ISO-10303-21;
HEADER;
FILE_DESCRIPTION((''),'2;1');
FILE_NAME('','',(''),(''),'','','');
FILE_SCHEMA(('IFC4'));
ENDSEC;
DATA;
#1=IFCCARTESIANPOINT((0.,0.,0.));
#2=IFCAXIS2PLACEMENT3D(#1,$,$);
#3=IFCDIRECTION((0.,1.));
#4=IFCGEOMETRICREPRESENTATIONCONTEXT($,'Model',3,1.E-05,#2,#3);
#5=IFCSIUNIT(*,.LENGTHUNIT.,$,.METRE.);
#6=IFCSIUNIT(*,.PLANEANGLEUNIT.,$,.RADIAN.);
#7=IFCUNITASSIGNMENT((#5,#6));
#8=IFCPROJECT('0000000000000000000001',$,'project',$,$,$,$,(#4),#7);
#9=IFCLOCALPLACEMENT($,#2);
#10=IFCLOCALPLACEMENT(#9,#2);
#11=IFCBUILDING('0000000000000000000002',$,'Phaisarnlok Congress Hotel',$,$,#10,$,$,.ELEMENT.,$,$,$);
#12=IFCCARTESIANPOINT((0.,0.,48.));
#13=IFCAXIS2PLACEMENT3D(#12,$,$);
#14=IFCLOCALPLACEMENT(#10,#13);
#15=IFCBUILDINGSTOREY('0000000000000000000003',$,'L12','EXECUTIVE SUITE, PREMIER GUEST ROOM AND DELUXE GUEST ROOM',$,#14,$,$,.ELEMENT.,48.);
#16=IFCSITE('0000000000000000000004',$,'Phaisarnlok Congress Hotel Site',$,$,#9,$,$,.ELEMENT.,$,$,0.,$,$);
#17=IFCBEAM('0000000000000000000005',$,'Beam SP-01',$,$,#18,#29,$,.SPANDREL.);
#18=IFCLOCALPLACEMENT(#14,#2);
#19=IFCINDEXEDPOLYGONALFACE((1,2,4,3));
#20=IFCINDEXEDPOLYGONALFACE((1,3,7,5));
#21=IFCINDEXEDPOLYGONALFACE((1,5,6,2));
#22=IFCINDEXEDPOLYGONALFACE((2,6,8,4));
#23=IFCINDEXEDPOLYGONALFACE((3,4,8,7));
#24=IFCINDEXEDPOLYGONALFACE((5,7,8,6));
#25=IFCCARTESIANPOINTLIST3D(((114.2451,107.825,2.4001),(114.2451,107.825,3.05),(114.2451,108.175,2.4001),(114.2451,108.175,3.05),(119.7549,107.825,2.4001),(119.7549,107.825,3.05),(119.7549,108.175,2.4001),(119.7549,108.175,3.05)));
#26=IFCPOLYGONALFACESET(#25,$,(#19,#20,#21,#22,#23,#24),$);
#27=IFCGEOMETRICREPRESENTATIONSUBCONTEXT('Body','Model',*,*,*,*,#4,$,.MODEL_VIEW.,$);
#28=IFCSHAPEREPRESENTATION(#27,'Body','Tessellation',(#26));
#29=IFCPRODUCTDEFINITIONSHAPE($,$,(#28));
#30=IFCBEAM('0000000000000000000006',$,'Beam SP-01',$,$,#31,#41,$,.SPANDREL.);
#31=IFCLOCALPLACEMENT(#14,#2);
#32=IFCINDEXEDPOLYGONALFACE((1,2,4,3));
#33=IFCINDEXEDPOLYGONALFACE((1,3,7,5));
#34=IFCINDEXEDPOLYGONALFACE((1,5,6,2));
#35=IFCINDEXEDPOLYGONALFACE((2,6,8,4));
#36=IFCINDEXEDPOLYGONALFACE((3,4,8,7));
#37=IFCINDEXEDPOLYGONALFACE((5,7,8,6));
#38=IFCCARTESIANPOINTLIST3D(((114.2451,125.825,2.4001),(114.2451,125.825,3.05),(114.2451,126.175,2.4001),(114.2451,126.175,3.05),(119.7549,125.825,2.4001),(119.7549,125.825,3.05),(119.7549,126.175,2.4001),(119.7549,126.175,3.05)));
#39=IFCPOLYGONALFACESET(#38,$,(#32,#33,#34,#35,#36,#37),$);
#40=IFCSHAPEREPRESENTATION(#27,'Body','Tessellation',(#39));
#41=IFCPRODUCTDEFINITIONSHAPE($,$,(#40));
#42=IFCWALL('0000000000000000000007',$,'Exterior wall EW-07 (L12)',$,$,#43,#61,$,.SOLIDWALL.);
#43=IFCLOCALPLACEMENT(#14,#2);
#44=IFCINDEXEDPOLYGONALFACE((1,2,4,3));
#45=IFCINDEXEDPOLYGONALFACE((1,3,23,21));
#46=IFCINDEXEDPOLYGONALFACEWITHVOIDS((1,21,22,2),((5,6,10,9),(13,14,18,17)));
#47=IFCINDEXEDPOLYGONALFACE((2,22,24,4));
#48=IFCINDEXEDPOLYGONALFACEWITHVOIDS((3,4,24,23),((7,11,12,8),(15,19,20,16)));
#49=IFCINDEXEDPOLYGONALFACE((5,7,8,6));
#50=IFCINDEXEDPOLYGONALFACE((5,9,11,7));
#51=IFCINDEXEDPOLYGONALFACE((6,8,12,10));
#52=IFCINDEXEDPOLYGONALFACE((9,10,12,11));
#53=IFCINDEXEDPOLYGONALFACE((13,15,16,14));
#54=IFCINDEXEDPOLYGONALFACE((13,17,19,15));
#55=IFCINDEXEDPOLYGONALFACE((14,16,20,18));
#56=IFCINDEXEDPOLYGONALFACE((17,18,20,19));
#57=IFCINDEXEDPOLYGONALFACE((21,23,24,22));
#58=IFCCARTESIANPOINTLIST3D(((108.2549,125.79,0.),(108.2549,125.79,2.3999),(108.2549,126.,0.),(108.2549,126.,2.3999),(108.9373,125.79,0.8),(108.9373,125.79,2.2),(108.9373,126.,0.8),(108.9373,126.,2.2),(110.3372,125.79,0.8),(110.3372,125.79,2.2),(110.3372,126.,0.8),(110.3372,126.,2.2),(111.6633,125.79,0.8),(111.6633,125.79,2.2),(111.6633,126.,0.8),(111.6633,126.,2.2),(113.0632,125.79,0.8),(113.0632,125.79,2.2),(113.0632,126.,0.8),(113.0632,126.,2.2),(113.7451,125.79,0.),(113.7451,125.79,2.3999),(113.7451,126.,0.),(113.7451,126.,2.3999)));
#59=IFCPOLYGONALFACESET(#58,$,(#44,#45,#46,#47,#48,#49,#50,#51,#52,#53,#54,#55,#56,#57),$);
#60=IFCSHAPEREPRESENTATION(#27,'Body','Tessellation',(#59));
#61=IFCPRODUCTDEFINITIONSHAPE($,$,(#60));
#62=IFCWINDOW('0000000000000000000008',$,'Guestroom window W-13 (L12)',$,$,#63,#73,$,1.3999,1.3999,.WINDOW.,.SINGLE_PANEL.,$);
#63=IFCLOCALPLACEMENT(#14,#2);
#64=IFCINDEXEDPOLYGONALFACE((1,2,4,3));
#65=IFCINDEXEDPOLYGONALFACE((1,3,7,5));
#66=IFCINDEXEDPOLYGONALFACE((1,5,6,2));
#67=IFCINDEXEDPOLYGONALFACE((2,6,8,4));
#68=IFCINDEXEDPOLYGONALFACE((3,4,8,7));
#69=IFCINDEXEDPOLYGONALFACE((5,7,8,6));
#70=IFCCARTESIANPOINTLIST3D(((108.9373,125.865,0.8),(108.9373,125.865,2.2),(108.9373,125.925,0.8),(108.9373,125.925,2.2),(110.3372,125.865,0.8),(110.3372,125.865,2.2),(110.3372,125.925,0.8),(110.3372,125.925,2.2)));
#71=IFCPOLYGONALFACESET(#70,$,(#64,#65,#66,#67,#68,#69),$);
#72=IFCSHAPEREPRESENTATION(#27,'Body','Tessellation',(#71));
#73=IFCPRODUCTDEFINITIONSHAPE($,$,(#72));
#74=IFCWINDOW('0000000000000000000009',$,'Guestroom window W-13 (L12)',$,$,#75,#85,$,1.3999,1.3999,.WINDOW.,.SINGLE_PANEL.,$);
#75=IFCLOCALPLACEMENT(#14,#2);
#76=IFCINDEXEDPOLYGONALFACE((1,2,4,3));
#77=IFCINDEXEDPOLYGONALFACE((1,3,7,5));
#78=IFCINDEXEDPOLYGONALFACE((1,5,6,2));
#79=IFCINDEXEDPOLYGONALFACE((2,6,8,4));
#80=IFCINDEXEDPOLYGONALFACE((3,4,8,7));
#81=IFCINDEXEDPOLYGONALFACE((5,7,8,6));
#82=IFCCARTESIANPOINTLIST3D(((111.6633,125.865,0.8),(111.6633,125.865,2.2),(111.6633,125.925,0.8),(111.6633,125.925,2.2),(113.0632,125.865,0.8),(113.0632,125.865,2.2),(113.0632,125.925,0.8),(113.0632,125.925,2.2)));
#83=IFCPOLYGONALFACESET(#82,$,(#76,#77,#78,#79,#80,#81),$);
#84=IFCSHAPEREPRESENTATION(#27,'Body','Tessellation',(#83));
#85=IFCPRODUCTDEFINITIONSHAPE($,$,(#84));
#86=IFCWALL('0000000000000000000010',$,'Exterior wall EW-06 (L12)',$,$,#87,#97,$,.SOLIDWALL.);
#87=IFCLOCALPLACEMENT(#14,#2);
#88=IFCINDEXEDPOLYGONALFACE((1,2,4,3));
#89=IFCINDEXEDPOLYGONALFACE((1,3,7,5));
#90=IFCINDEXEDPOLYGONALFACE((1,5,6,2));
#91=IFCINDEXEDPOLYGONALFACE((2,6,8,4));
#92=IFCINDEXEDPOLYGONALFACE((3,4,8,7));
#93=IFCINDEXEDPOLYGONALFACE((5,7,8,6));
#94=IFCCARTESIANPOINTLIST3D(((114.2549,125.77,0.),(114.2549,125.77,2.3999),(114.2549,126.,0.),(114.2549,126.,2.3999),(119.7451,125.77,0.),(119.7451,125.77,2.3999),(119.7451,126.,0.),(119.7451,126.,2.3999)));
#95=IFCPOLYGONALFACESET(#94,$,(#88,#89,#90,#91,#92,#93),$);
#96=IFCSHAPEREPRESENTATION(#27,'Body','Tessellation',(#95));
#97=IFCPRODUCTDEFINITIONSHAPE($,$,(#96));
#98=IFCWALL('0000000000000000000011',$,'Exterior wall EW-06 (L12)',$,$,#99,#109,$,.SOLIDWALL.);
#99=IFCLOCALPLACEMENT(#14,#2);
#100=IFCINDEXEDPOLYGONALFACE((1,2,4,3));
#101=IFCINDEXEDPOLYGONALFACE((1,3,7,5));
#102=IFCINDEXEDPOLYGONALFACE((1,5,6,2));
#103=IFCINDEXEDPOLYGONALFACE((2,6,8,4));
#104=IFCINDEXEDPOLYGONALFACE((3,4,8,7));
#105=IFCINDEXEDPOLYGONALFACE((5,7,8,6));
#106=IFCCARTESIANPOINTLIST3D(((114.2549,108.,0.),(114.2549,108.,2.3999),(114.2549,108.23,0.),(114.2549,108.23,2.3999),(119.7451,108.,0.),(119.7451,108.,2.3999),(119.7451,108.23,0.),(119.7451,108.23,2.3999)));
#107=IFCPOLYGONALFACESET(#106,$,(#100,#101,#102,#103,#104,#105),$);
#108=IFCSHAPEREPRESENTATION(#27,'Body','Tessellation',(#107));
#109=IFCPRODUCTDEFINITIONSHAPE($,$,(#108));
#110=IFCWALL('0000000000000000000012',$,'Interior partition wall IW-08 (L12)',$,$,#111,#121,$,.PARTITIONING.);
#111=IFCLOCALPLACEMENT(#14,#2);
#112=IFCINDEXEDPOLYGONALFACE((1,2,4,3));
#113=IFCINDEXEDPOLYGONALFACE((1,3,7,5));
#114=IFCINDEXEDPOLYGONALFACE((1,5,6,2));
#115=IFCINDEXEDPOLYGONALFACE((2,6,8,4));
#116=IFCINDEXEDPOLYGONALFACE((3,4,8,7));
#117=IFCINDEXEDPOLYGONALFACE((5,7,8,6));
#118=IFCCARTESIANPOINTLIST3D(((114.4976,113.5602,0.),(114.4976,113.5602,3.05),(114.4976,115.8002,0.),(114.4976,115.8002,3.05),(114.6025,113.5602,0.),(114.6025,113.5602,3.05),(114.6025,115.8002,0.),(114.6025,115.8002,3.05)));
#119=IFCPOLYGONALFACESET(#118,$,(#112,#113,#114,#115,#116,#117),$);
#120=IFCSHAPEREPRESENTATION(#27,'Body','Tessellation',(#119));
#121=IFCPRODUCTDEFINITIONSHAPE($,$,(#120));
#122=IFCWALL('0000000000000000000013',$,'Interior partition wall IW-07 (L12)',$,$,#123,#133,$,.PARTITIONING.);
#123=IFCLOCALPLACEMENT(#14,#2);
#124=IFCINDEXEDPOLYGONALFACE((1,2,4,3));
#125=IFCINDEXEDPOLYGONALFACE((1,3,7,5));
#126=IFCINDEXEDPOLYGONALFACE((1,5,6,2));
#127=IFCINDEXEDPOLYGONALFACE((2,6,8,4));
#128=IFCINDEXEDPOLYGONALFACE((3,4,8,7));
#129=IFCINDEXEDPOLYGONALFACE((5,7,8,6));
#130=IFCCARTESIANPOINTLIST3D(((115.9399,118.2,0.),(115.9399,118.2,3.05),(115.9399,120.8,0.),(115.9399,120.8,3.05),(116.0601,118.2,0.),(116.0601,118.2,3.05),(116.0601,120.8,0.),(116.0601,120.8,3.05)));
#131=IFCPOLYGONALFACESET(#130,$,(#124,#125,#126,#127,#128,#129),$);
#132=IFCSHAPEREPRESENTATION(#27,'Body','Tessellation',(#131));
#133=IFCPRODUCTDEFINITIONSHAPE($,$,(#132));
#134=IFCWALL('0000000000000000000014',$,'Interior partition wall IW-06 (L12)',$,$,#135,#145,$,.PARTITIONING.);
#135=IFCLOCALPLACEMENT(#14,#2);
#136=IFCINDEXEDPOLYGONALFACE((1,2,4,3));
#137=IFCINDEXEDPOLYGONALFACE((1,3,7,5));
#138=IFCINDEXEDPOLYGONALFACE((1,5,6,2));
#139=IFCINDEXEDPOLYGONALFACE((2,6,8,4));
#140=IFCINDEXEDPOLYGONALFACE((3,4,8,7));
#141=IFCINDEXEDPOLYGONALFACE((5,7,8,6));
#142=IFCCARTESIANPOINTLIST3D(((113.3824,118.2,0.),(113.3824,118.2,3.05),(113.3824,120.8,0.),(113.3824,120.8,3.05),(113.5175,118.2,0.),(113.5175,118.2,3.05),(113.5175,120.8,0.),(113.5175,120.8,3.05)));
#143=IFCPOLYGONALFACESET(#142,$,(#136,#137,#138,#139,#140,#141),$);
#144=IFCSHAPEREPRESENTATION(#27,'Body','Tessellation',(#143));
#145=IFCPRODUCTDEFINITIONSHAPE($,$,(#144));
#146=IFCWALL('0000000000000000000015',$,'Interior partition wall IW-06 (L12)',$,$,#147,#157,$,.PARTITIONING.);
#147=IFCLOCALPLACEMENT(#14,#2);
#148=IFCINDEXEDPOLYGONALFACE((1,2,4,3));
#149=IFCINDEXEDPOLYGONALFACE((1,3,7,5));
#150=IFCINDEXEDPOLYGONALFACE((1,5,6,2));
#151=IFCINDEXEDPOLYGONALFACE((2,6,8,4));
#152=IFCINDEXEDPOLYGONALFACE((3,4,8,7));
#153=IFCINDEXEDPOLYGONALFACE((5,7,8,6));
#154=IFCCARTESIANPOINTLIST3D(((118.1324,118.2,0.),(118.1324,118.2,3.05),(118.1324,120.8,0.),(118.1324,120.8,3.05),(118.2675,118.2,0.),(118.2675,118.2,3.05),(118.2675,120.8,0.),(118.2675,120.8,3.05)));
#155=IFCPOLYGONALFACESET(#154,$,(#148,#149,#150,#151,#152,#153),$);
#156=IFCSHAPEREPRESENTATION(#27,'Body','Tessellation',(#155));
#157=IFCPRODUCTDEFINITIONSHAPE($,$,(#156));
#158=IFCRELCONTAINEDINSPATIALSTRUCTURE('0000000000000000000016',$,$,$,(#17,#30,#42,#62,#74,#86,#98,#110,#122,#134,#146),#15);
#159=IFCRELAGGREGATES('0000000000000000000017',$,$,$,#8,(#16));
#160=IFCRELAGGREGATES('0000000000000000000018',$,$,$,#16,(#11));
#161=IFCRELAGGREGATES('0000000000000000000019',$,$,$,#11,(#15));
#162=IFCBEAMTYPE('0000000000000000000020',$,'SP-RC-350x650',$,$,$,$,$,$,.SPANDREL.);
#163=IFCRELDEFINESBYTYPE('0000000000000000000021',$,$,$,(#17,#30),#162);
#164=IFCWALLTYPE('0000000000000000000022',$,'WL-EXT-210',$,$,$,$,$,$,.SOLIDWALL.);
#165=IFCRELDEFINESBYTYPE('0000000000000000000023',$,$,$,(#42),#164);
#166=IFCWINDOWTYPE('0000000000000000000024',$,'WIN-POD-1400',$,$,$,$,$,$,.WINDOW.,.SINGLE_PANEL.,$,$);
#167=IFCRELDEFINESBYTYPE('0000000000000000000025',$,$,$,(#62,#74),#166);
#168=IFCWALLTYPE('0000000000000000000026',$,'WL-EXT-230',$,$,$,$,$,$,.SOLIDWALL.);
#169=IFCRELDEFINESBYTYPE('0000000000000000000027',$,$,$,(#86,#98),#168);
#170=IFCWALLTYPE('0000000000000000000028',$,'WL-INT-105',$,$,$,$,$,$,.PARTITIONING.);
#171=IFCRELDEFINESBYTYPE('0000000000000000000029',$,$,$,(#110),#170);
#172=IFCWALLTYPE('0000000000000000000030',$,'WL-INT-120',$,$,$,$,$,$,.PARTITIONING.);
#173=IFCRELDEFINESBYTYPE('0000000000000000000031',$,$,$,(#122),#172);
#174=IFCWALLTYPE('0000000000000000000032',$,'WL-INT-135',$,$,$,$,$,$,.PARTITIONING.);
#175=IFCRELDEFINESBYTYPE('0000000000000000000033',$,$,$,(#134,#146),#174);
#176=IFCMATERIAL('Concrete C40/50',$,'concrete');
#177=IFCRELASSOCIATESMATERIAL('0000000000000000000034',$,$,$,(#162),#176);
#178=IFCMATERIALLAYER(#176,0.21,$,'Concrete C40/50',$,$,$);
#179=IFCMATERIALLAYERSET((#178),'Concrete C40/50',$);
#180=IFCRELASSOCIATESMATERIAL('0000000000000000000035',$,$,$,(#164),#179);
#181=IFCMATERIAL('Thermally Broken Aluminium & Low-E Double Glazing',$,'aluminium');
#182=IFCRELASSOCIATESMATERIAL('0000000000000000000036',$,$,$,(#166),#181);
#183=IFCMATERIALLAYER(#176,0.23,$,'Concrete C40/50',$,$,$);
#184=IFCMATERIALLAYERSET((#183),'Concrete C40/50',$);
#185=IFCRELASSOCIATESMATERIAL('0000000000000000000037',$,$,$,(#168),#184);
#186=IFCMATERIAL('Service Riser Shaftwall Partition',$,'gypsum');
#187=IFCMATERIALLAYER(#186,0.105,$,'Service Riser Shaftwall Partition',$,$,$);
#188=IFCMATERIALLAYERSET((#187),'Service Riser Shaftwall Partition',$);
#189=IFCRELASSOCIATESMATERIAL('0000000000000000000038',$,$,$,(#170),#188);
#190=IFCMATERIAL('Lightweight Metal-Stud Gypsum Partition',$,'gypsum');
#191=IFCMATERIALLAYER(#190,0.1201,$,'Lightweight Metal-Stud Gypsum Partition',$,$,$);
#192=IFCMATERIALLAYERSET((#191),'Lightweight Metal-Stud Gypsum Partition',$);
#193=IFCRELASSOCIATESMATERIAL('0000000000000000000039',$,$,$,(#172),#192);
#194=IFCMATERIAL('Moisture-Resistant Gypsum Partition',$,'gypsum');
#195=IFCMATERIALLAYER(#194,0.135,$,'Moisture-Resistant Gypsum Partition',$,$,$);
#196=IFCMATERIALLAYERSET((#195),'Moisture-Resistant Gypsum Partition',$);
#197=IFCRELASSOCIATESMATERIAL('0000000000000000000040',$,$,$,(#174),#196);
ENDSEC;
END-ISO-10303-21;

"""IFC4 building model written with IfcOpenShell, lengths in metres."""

from ifc_helpers import new_model, si_unit, direction, frame, frame_2d, origin, origin_2d, place, context, subcontext, project, spatial, rectangle, extrude, material, layer, layer_set, material_profile, profile_set, type_object, element, fill, save


model = new_model("IFC4")

# Units and contexts
model_context = context("Model", 3, precision=1e-05, world=origin(), true_north=direction((0.0, 1.0)))
body_context = subcontext(model_context, "Body", "Model", "MODEL_VIEW")
ifc_project = project(units=[si_unit("LENGTHUNIT", "METRE"), si_unit("PLANEANGLEUNIT", "RADIAN")], contexts=[model_context])

# Site, building, storey
site_placement = place(None, origin())
site = spatial("IfcSite", under=ifc_project, at=site_placement, Name="Phaisarnlok Congress Hotel Site", CompositionType="ELEMENT", RefElevation=0.0)
building_placement = place(site_placement, origin())
building = spatial("IfcBuilding", under=site, at=building_placement, Name="Phaisarnlok Congress Hotel", CompositionType="ELEMENT")
storey_placement = place(building_placement, frame((0.0, 0.0, 48.0)))
storey = spatial("IfcBuildingStorey", under=building, at=storey_placement, Name="L12", Description="EXECUTIVE SUITE, PREMIER GUEST ROOM AND DELUXE GUEST ROOM", CompositionType="ELEMENT", Elevation=48.0)

# Beams
ifc_material_1 = material(Name="Concrete C40/50", Category="concrete")
ifc_material_profile_1 = material_profile(ifc_material_1, rectangle(XDim=0.3501, YDim=0.6499, at=origin_2d()), Name="RC 350x650")
ifc_profile_set_1 = profile_set([ifc_material_profile_1], Name="Concrete C40/50")
beam_type_1 = type_object("IfcBeamType", Name="SP-RC-350x650", PredefinedType="SPANDREL", material=ifc_profile_set_1)
for number, where, z_axis, x_axis, name in (
    (1, (114.2451, 108.0, 2.7251), (1.0, 0.0, 0.0), (0.0, 1.0, 0.0), "Beam SP-01"),
    (2, (114.2451, 126.0, 2.7251), (1.0, 0.0, 0.0), (0.0, 1.0, 0.0), "Beam SP-01"),
):
    element("IfcBeam", number, at=place(storey_placement, frame(where, z_axis=z_axis, x_axis=x_axis)), inside=storey, type_object=beam_type_1, Name=name, PredefinedType="SPANDREL", context=body_context, shape_type="SweptSolid", body=[
        extrude(rectangle(XDim=0.3501, YDim=0.6499, at=origin_2d()), origin(), (0.0, 0.0, 1.0), 5.5098),
    ])

# Wall, openings, windows
ifc_layer_1 = layer(ifc_material_1, 0.21, Name="Concrete C40/50")
ifc_layer_set_1 = layer_set([ifc_layer_1], Name="Concrete C40/50")
wall_type_1 = type_object("IfcWallType", Name="WL-EXT-210", PredefinedType="SOLIDWALL", material=ifc_layer_set_1)
wall_1_placement = place(storey_placement, frame((113.7451, 125.895, 0.0), z_axis=(0.0, 0.0, 1.0), x_axis=(-1.0, 0.0, 0.0)))
wall_1 = element("IfcWall", 3, at=wall_1_placement, inside=storey, type_object=wall_type_1, Name="Exterior wall EW-07 (L12)", PredefinedType="SOLIDWALL", context=body_context, shape_type="SweptSolid", body=[
    extrude(rectangle(XDim=5.4902, YDim=0.21, at=frame_2d((2.7451, 0.0))), origin(), (0.0, 0.0, 1.0), 2.3999),
])
opening_1_placement = place(wall_1_placement, frame((3.408, 0.0, 0.8)))
opening_1 = element("IfcOpeningElement", 4, at=opening_1_placement, cuts=wall_1, PredefinedType="OPENING", context=body_context, shape_type="SweptSolid", body=[
    extrude(rectangle(XDim=1.3999, YDim=1.3999, at=frame_2d((0.7, 0.7))), frame((0.0, 0.115, 0.0), z_axis=(0.0, -1.0, 0.0), x_axis=(1.0, 0.0, 0.0)), (0.0, 0.0, 1.0), 0.23),
])
opening_2_placement = place(wall_1_placement, frame((0.6819, 0.0, 0.8)))
opening_2 = element("IfcOpeningElement", 5, at=opening_2_placement, cuts=wall_1, PredefinedType="OPENING", context=body_context, shape_type="SweptSolid", body=[
    extrude(rectangle(XDim=1.3999, YDim=1.3999, at=frame_2d((0.7, 0.7))), frame((0.0, 0.115, 0.0), z_axis=(0.0, -1.0, 0.0), x_axis=(1.0, 0.0, 0.0)), (0.0, 0.0, 1.0), 0.23),
])
ifc_material_2 = material(Name="Thermally Broken Aluminium & Low-E Double Glazing", Category="aluminium")
window_type = type_object("IfcWindowType", Name="WIN-POD-1400", PartitioningType="SINGLE_PANEL", PredefinedType="WINDOW", material=ifc_material_2)
window_1_placement = place(opening_1_placement, origin())
window_1 = element("IfcWindow", 6, at=window_1_placement, inside=storey, type_object=window_type, Name="Guestroom window W-13 (L12)", OverallHeight=1.3999, OverallWidth=1.3999, PartitioningType="SINGLE_PANEL", PredefinedType="WINDOW", context=body_context, shape_type="SweptSolid", body=[
    extrude(rectangle(XDim=1.3999, YDim=1.3999, at=frame_2d((0.7, 0.7))), frame((0.0, 0.03, 0.0), z_axis=(0.0, -1.0, 0.0), x_axis=(1.0, 0.0, 0.0)), (0.0, 0.0, 1.0), 0.0601),
])
fill(opening_1, window_1)
window_2_placement = place(opening_2_placement, origin())
window_2 = element("IfcWindow", 7, at=window_2_placement, inside=storey, type_object=window_type, Name="Guestroom window W-13 (L12)", OverallHeight=1.3999, OverallWidth=1.3999, PartitioningType="SINGLE_PANEL", PredefinedType="WINDOW", context=body_context, shape_type="SweptSolid", body=[
    extrude(rectangle(XDim=1.3999, YDim=1.3999, at=frame_2d((0.7, 0.7))), frame((0.0, 0.03, 0.0), z_axis=(0.0, -1.0, 0.0), x_axis=(1.0, 0.0, 0.0)), (0.0, 0.0, 1.0), 0.0601),
])
fill(opening_2, window_2)

# Walls
ifc_layer_2 = layer(ifc_material_1, 0.23, Name="Concrete C40/50")
ifc_layer_set_2 = layer_set([ifc_layer_2], Name="Concrete C40/50")
wall_type_2 = type_object("IfcWallType", Name="WL-EXT-230", PredefinedType="SOLIDWALL", material=ifc_layer_set_2)
for number, where, z_axis, x_axis, name in (
    (8, (119.7451, 125.885, 0.0), (0.0, 0.0, 1.0), (-1.0, 0.0, 0.0), "Exterior wall EW-06 (L12)"),
    (9, (114.2549, 108.115, 0.0), (0.0, 0.0, 1.0), (1.0, 0.0, 0.0), "Exterior wall EW-06 (L12)"),
):
    element("IfcWall", number, at=place(storey_placement, frame(where, z_axis=z_axis, x_axis=x_axis)), inside=storey, type_object=wall_type_2, Name=name, PredefinedType="SOLIDWALL", context=body_context, shape_type="SweptSolid", body=[
        extrude(rectangle(XDim=5.4902, YDim=0.23, at=frame_2d((2.7451, 0.0))), origin(), (0.0, 0.0, 1.0), 2.3999),
    ])
ifc_material_3 = material(Name="Service Riser Shaftwall Partition", Category="gypsum")
ifc_layer_3 = layer(ifc_material_3, 0.105, Name="Service Riser Shaftwall Partition")
ifc_layer_set_3 = layer_set([ifc_layer_3], Name="Service Riser Shaftwall Partition")
wall_type_3 = type_object("IfcWallType", Name="WL-INT-105", PredefinedType="PARTITIONING", material=ifc_layer_set_3)
wall_2_placement = place(storey_placement, frame((114.55, 113.5601, 0.0), z_axis=(0.0, 0.0, 1.0), x_axis=(0.0, 1.0, 0.0)))
element("IfcWall", 10, at=wall_2_placement, inside=storey, type_object=wall_type_3, Name="Interior partition wall IW-08 (L12)", PredefinedType="PARTITIONING", context=body_context, shape_type="SweptSolid", body=[
    extrude(rectangle(XDim=2.24, YDim=0.105, at=frame_2d((1.1201, 0.0))), origin(), (0.0, 0.0, 1.0), 3.05),
])
ifc_material_4 = material(Name="Lightweight Metal-Stud Gypsum Partition", Category="gypsum")
ifc_layer_4 = layer(ifc_material_4, 0.1201, Name="Lightweight Metal-Stud Gypsum Partition")
ifc_layer_set_4 = layer_set([ifc_layer_4], Name="Lightweight Metal-Stud Gypsum Partition")
wall_type_4 = type_object("IfcWallType", Name="WL-INT-120", PredefinedType="PARTITIONING", material=ifc_layer_set_4)
wall_3_placement = place(storey_placement, frame((116.0, 118.2, 0.0), z_axis=(0.0, 0.0, 1.0), x_axis=(0.0, 1.0, 0.0)))
element("IfcWall", 11, at=wall_3_placement, inside=storey, type_object=wall_type_4, Name="Interior partition wall IW-07 (L12)", PredefinedType="PARTITIONING", context=body_context, shape_type="SweptSolid", body=[
    extrude(rectangle(XDim=2.6001, YDim=0.1201, at=frame_2d((1.3, 0.0))), origin(), (0.0, 0.0, 1.0), 3.05),
])
ifc_material_5 = material(Name="Moisture-Resistant Gypsum Partition", Category="gypsum")
ifc_layer_5 = layer(ifc_material_5, 0.135, Name="Moisture-Resistant Gypsum Partition")
ifc_layer_set_5 = layer_set([ifc_layer_5], Name="Moisture-Resistant Gypsum Partition")
wall_type_5 = type_object("IfcWallType", Name="WL-INT-135", PredefinedType="PARTITIONING", material=ifc_layer_set_5)
for number, where, z_axis, x_axis, name in (
    (12, (113.45, 118.2, 0.0), (0.0, 0.0, 1.0), (0.0, 1.0, 0.0), "Interior partition wall IW-06 (L12)"),
    (13, (118.2, 118.2, 0.0), (0.0, 0.0, 1.0), (0.0, 1.0, 0.0), "Interior partition wall IW-06 (L12)"),
):
    element("IfcWall", number, at=place(storey_placement, frame(where, z_axis=z_axis, x_axis=x_axis)), inside=storey, type_object=wall_type_5, Name=name, PredefinedType="PARTITIONING", context=body_context, shape_type="SweptSolid", body=[
        extrude(rectangle(XDim=2.6001, YDim=0.135, at=frame_2d((1.3, 0.0))), origin(), (0.0, 0.0, 1.0), 3.05),
    ])

save(model, "model.ifc")
